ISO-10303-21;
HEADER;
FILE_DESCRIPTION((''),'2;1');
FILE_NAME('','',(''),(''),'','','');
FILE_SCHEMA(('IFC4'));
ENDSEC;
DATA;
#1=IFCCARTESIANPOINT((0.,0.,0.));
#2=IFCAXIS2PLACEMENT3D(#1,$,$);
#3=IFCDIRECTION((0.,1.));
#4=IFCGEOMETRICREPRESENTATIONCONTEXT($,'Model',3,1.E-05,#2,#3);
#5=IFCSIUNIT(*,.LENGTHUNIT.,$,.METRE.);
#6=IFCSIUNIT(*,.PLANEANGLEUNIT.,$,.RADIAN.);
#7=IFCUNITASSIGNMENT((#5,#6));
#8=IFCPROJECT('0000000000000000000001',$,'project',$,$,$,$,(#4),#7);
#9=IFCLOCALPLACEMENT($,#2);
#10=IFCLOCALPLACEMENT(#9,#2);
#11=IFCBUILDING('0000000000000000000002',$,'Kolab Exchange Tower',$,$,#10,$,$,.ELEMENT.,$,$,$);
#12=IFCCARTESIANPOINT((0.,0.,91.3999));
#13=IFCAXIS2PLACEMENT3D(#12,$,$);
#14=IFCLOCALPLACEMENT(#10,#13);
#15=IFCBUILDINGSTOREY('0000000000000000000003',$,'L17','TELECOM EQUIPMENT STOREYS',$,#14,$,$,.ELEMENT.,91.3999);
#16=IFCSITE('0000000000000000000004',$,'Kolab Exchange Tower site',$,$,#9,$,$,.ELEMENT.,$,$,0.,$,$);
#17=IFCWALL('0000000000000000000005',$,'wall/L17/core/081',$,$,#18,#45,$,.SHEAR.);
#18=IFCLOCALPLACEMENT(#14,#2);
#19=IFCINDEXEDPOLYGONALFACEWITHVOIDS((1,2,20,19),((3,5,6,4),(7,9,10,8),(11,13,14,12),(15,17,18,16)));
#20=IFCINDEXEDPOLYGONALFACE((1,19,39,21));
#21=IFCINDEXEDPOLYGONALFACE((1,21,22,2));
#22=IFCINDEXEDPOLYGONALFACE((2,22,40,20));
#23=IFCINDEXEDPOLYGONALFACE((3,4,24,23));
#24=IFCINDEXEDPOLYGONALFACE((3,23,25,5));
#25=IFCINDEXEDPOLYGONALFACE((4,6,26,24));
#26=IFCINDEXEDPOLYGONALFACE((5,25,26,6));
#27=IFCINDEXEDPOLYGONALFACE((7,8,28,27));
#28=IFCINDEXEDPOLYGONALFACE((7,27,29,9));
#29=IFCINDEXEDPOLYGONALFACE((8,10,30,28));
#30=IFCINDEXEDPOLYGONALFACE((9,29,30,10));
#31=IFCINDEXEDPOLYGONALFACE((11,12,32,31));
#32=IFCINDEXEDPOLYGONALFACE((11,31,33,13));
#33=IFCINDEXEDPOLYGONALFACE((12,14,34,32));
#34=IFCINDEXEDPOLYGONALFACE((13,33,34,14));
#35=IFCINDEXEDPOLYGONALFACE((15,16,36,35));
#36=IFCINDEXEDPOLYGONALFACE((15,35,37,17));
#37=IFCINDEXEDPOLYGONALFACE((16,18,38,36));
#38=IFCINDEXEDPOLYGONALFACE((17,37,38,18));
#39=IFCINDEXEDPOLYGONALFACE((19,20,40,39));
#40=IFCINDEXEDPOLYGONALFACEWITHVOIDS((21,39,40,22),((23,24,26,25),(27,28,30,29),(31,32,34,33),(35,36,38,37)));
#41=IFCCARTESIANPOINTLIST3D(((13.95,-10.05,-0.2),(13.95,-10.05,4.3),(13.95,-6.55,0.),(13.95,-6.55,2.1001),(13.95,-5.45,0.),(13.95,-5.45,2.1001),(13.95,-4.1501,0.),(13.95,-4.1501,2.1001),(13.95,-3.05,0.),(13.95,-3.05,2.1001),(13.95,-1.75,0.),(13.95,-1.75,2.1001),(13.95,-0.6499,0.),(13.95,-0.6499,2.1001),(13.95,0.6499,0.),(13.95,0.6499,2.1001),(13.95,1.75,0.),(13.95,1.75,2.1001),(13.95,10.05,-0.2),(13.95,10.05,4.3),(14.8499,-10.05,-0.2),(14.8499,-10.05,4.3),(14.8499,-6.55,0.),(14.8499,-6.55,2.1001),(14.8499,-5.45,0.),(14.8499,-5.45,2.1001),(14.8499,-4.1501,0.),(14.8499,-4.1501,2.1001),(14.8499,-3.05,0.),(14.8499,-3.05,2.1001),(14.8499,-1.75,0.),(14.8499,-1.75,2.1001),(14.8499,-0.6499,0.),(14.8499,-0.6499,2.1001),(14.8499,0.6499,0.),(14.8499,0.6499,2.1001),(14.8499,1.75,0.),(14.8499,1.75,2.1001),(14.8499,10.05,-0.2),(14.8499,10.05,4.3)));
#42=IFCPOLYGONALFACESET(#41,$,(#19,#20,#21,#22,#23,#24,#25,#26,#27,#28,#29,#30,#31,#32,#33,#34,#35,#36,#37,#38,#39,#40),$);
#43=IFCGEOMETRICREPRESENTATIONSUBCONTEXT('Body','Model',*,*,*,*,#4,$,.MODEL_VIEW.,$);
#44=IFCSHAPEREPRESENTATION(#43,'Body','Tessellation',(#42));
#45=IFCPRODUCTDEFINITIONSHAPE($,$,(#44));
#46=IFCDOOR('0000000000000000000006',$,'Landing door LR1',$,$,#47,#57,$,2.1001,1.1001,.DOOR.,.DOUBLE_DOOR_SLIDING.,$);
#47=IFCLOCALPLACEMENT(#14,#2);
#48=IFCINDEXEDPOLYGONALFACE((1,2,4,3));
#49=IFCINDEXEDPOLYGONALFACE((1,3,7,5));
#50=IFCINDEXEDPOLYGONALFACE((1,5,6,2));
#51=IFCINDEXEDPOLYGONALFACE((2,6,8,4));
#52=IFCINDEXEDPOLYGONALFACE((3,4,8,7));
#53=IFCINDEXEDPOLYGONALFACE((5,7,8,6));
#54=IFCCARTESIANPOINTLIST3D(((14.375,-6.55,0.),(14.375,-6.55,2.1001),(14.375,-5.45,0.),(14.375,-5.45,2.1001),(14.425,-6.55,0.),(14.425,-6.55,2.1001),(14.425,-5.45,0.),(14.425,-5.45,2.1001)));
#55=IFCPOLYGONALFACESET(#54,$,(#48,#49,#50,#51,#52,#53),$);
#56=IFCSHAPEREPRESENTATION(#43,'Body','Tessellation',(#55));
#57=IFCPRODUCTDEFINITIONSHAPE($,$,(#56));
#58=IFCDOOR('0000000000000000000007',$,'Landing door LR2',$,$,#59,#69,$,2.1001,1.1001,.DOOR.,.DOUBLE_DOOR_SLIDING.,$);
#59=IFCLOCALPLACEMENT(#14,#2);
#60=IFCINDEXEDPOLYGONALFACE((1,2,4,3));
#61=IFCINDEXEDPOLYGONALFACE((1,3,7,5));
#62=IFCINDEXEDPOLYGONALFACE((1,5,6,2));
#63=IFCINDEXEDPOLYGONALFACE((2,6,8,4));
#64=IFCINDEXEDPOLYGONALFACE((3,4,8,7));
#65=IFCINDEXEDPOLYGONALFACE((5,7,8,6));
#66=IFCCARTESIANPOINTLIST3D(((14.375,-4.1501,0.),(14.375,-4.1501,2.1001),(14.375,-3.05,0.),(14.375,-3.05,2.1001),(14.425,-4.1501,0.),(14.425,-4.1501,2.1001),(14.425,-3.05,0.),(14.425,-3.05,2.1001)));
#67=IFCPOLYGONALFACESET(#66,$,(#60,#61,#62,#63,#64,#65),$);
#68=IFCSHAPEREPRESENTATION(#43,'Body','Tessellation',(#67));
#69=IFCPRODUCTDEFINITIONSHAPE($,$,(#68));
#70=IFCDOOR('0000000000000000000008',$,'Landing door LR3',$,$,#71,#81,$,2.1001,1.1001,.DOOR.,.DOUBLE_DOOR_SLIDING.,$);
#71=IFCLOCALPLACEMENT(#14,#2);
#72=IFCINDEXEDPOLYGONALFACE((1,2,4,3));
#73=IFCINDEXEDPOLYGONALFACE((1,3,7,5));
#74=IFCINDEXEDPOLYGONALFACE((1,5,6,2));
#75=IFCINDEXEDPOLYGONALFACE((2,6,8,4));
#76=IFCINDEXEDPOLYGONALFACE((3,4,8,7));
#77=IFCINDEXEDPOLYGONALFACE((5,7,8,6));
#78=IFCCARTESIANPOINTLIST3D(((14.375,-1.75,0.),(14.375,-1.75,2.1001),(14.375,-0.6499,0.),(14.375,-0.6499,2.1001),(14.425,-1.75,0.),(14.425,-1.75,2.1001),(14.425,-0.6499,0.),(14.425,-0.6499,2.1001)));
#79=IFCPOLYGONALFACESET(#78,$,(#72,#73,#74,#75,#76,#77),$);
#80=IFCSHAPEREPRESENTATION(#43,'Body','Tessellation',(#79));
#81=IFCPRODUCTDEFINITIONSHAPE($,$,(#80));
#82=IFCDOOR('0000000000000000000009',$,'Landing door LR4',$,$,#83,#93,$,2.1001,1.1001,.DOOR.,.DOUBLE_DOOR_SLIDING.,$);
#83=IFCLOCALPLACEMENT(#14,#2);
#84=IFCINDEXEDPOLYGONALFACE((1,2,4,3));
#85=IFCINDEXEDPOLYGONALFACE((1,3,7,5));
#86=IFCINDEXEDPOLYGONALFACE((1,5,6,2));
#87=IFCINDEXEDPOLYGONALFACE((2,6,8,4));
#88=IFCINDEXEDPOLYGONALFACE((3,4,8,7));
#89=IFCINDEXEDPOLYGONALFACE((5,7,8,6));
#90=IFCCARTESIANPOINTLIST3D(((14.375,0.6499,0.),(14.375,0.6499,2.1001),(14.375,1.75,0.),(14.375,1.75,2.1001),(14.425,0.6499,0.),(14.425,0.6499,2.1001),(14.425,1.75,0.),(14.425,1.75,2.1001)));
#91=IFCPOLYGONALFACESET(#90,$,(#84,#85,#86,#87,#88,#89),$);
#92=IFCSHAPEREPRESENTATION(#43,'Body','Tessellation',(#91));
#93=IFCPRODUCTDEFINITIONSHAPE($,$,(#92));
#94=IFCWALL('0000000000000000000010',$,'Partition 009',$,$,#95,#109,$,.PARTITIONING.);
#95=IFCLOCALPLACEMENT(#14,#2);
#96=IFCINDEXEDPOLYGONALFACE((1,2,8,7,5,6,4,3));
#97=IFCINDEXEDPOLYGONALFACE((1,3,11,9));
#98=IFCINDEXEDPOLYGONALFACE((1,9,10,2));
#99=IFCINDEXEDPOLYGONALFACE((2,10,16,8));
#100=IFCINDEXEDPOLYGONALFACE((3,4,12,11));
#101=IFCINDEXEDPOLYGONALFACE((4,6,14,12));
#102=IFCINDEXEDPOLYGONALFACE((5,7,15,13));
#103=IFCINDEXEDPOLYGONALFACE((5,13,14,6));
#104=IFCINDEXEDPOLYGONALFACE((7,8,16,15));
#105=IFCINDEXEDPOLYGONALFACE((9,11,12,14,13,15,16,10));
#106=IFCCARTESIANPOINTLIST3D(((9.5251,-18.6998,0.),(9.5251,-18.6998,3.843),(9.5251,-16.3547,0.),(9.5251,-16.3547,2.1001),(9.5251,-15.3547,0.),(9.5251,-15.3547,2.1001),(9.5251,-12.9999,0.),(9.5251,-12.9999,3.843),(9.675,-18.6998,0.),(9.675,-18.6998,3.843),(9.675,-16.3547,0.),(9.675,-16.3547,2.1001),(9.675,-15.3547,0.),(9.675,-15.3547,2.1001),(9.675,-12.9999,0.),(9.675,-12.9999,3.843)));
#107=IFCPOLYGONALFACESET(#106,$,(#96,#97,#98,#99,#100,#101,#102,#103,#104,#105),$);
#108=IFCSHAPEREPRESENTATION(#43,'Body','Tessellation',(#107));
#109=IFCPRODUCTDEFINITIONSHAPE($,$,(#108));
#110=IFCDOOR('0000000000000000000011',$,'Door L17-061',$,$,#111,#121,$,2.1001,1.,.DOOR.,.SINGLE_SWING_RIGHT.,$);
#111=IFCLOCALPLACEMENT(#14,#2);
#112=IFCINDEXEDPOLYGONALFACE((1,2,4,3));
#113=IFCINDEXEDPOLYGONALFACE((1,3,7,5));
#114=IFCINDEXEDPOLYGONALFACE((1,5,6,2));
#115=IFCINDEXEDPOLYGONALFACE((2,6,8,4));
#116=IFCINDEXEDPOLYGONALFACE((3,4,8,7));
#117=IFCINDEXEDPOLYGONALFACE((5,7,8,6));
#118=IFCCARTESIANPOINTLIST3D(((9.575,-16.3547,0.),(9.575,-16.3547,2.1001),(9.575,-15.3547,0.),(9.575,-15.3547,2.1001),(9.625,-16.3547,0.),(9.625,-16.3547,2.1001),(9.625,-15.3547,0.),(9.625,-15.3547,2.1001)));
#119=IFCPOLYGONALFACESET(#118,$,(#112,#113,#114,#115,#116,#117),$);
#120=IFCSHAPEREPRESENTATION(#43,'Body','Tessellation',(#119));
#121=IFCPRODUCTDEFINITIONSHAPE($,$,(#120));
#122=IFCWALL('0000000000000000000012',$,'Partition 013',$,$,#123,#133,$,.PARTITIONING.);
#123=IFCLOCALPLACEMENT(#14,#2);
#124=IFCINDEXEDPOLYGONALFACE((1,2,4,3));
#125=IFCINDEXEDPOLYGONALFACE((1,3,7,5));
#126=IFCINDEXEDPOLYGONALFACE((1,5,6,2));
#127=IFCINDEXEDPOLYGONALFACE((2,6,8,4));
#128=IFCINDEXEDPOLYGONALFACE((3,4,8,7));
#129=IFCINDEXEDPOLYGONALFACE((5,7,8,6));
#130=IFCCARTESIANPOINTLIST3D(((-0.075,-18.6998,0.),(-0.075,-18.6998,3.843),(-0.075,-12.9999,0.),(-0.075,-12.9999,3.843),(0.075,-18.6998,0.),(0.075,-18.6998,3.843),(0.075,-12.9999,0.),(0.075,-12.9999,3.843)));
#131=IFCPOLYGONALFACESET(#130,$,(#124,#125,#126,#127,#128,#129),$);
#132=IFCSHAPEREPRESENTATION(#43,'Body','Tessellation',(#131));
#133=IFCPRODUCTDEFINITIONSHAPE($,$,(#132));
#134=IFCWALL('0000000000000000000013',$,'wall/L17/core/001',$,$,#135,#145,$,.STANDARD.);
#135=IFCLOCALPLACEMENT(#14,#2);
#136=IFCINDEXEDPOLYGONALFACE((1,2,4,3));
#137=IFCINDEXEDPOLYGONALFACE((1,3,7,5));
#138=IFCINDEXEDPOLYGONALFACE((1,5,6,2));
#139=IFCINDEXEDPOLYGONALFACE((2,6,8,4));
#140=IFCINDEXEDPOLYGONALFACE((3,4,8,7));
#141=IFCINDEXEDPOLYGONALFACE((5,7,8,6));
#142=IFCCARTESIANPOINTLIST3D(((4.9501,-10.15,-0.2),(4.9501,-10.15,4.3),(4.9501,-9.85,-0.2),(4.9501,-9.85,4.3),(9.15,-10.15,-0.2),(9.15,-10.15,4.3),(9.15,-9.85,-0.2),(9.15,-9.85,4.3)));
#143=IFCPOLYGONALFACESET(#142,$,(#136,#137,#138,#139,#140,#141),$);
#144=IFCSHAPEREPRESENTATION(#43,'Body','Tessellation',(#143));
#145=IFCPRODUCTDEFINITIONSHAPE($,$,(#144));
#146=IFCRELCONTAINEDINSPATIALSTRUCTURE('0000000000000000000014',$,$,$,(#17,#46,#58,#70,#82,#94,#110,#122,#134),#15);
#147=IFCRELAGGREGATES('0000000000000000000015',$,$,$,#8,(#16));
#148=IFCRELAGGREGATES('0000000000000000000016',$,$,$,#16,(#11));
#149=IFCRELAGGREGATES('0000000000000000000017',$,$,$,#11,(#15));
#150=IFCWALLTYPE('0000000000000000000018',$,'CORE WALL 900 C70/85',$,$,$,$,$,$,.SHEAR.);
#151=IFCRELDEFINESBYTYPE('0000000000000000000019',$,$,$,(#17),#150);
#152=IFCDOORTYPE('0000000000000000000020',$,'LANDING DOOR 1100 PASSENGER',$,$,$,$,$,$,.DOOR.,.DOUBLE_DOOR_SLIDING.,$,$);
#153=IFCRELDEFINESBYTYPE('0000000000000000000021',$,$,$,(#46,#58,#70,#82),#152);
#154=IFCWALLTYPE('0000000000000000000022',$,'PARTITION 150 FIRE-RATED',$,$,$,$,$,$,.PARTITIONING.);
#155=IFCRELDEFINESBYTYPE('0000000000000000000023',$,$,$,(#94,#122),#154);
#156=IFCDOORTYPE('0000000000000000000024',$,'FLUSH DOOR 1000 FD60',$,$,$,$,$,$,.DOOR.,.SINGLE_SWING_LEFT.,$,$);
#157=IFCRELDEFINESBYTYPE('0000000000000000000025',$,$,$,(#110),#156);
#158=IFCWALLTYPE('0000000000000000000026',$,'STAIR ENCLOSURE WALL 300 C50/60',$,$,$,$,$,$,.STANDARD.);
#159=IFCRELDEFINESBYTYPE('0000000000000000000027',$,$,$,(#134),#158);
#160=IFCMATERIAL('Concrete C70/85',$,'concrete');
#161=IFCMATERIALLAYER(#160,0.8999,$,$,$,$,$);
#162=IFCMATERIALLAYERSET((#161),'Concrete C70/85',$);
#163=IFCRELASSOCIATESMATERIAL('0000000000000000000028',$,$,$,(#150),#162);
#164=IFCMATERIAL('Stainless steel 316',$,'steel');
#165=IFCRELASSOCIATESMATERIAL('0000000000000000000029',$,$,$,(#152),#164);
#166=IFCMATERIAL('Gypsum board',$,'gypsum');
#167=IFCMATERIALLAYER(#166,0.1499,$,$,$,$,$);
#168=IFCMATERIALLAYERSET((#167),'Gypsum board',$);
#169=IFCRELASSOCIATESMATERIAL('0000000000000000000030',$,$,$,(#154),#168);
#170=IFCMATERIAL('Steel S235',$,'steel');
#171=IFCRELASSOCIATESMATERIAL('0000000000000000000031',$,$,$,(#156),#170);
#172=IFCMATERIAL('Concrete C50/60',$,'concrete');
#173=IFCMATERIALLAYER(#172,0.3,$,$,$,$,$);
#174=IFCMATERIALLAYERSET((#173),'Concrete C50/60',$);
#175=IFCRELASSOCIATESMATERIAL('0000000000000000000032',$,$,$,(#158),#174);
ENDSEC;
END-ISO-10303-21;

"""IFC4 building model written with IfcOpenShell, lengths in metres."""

from ifc_helpers import new_model, si_unit, direction, frame, frame_2d, origin, place, context, subcontext, project, spatial, rectangle, extrude, material, layer, layer_set, type_object, element, fill, save


model = new_model("IFC4")

# Units and contexts
model_context = context("Model", 3, precision=1e-05, world=origin(), true_north=direction((0.0, 1.0)))
body_context = subcontext(model_context, "Body", "Model", "MODEL_VIEW")
ifc_project = project(units=[si_unit("LENGTHUNIT", "METRE"), si_unit("PLANEANGLEUNIT", "RADIAN")], contexts=[model_context])

# Site, building, storey
site_placement = place(None, origin())
site = spatial("IfcSite", under=ifc_project, at=site_placement, Name="Kolab Exchange Tower site", CompositionType="ELEMENT", RefElevation=0.0)
building_placement = place(site_placement, origin())
building = spatial("IfcBuilding", under=site, at=building_placement, Name="Kolab Exchange Tower", CompositionType="ELEMENT")
storey_placement = place(building_placement, frame((0.0, 0.0, 91.3999)))
storey = spatial("IfcBuildingStorey", under=building, at=storey_placement, Name="L17", Description="TELECOM EQUIPMENT STOREYS", CompositionType="ELEMENT", Elevation=91.3999)

# Shared definitions
ifc_material_1 = material(Name="Concrete C70/85", Category="concrete")
ifc_layer_1 = layer(ifc_material_1, 0.8999)
ifc_layer_set_1 = layer_set([ifc_layer_1], Name="Concrete C70/85")
wall_type_1 = type_object("IfcWallType", Name="CORE WALL 900 C70/85", PredefinedType="SHEAR", material=ifc_layer_set_1)
ifc_material_2 = material(Name="Steel S235", Category="steel")

# Wall, openings, doors
wall_1_placement = place(storey_placement, frame((14.3999, -10.05, -0.2), z_axis=(0.0, 0.0, 1.0), x_axis=(0.0, 1.0, 0.0)))
wall_1 = element("IfcWall", 1, at=wall_1_placement, inside=storey, type_object=wall_type_1, Name="wall/L17/core/081", PredefinedType="SHEAR", context=body_context, shape_type="SweptSolid", body=[
    extrude(rectangle(XDim=20.1001, YDim=0.8999, at=frame_2d((10.05, 0.0))), origin(), (0.0, 0.0, 1.0), 4.5),
])
opening_1_placement = place(wall_1_placement, frame((3.5, 0.0, 0.2)))
opening_1 = element("IfcOpeningElement", 2, at=opening_1_placement, cuts=wall_1, PredefinedType="OPENING", context=body_context, shape_type="SweptSolid", body=[
    extrude(rectangle(XDim=1.1001, YDim=2.1001, at=frame_2d((0.55, 1.05))), frame((0.0, 0.46, 0.0), z_axis=(0.0, -1.0, 0.0), x_axis=(1.0, 0.0, 0.0)), (0.0, 0.0, 1.0), 0.9199),
])
opening_2_placement = place(wall_1_placement, frame((5.8999, 0.0, 0.2)))
opening_2 = element("IfcOpeningElement", 3, at=opening_2_placement, cuts=wall_1, PredefinedType="OPENING", context=body_context, shape_type="SweptSolid", body=[
    extrude(rectangle(XDim=1.1001, YDim=2.1001, at=frame_2d((0.55, 1.05))), frame((0.0, 0.46, 0.0), z_axis=(0.0, -1.0, 0.0), x_axis=(1.0, 0.0, 0.0)), (0.0, 0.0, 1.0), 0.9199),
])
opening_3_placement = place(wall_1_placement, frame((8.3, 0.0, 0.2)))
opening_3 = element("IfcOpeningElement", 4, at=opening_3_placement, cuts=wall_1, PredefinedType="OPENING", context=body_context, shape_type="SweptSolid", body=[
    extrude(rectangle(XDim=1.1001, YDim=2.1001, at=frame_2d((0.55, 1.05))), frame((0.0, 0.46, 0.0), z_axis=(0.0, -1.0, 0.0), x_axis=(1.0, 0.0, 0.0)), (0.0, 0.0, 1.0), 0.9199),
])
opening_4_placement = place(wall_1_placement, frame((10.7, 0.0, 0.2)))
opening_4 = element("IfcOpeningElement", 5, at=opening_4_placement, cuts=wall_1, PredefinedType="OPENING", context=body_context, shape_type="SweptSolid", body=[
    extrude(rectangle(XDim=1.1001, YDim=2.1001, at=frame_2d((0.55, 1.05))), frame((0.0, 0.46, 0.0), z_axis=(0.0, -1.0, 0.0), x_axis=(1.0, 0.0, 0.0)), (0.0, 0.0, 1.0), 0.9199),
])
ifc_material_3 = material(Name="Stainless steel 316", Category="steel")
door_type_1 = type_object("IfcDoorType", Name="LANDING DOOR 1100 PASSENGER", OperationType="DOUBLE_DOOR_SLIDING", PredefinedType="DOOR", material=ifc_material_3)
door_1_placement = place(opening_1_placement, origin())
door_1 = element("IfcDoor", 6, at=door_1_placement, inside=storey, type_object=door_type_1, Name="Landing door LR1", OperationType="DOUBLE_DOOR_SLIDING", OverallHeight=2.1001, OverallWidth=1.1001, PredefinedType="DOOR", context=body_context, shape_type="SweptSolid", body=[
    extrude(rectangle(XDim=1.1001, YDim=2.1001, at=frame_2d((0.55, 1.05))), frame((0.0, 0.0249, 0.0), z_axis=(0.0, -1.0, 0.0), x_axis=(1.0, 0.0, 0.0)), (0.0, 0.0, 1.0), 0.05),
])
fill(opening_1, door_1)
door_2_placement = place(opening_2_placement, origin())
door_2 = element("IfcDoor", 7, at=door_2_placement, inside=storey, type_object=door_type_1, Name="Landing door LR2", OperationType="DOUBLE_DOOR_SLIDING", OverallHeight=2.1001, OverallWidth=1.1001, PredefinedType="DOOR", context=body_context, shape_type="SweptSolid", body=[
    extrude(rectangle(XDim=1.1001, YDim=2.1001, at=frame_2d((0.55, 1.05))), frame((0.0, 0.0249, 0.0), z_axis=(0.0, -1.0, 0.0), x_axis=(1.0, 0.0, 0.0)), (0.0, 0.0, 1.0), 0.05),
])
fill(opening_2, door_2)
door_3_placement = place(opening_3_placement, origin())
door_3 = element("IfcDoor", 8, at=door_3_placement, inside=storey, type_object=door_type_1, Name="Landing door LR3", OperationType="DOUBLE_DOOR_SLIDING", OverallHeight=2.1001, OverallWidth=1.1001, PredefinedType="DOOR", context=body_context, shape_type="SweptSolid", body=[
    extrude(rectangle(XDim=1.1001, YDim=2.1001, at=frame_2d((0.55, 1.05))), frame((0.0, 0.0249, 0.0), z_axis=(0.0, -1.0, 0.0), x_axis=(1.0, 0.0, 0.0)), (0.0, 0.0, 1.0), 0.05),
])
fill(opening_3, door_3)
door_4_placement = place(opening_4_placement, origin())
door_4 = element("IfcDoor", 9, at=door_4_placement, inside=storey, type_object=door_type_1, Name="Landing door LR4", OperationType="DOUBLE_DOOR_SLIDING", OverallHeight=2.1001, OverallWidth=1.1001, PredefinedType="DOOR", context=body_context, shape_type="SweptSolid", body=[
    extrude(rectangle(XDim=1.1001, YDim=2.1001, at=frame_2d((0.55, 1.05))), frame((0.0, 0.0249, 0.0), z_axis=(0.0, -1.0, 0.0), x_axis=(1.0, 0.0, 0.0)), (0.0, 0.0, 1.0), 0.05),
])
fill(opening_4, door_4)

# Wall, opening, door
ifc_material_4 = material(Name="Gypsum board", Category="gypsum")
ifc_layer_2 = layer(ifc_material_4, 0.1499)
ifc_layer_set_2 = layer_set([ifc_layer_2], Name="Gypsum board")
wall_type_2 = type_object("IfcWallType", Name="PARTITION 150 FIRE-RATED", PredefinedType="PARTITIONING", material=ifc_layer_set_2)
wall_2_placement = place(storey_placement, frame((9.6001, -18.7, 0.0), z_axis=(0.0, 0.0, 1.0), x_axis=(0.0, 1.0, 0.0)))
wall_2 = element("IfcWall", 10, at=wall_2_placement, inside=storey, type_object=wall_type_2, Name="Partition 009", PredefinedType="PARTITIONING", context=body_context, shape_type="SweptSolid", body=[
    extrude(rectangle(XDim=5.7, YDim=0.1499, at=frame_2d((2.8501, 0.0))), origin(), (0.0, 0.0, 1.0), 3.843),
])
opening_5_placement = place(wall_2_placement, frame((2.3452, 0.0, 0.0)))
opening_5 = element("IfcOpeningElement", 11, at=opening_5_placement, cuts=wall_2, PredefinedType="OPENING", context=body_context, shape_type="SweptSolid", body=[
    extrude(rectangle(XDim=1.0, YDim=2.1001, at=frame_2d((0.5, 1.05))), frame((0.0, 0.085, 0.0), z_axis=(0.0, -1.0, 0.0), x_axis=(1.0, 0.0, 0.0)), (0.0, 0.0, 1.0), 0.1699),
])
door_type_2 = type_object("IfcDoorType", Name="FLUSH DOOR 1000 FD60", OperationType="SINGLE_SWING_LEFT", PredefinedType="DOOR", material=ifc_material_2)
door_5_placement = place(opening_5_placement, frame((1.0, 0.0, 0.0), z_axis=(0.0, 0.0, 1.0), x_axis=(-1.0, 0.0, 0.0)))
door_5 = element("IfcDoor", 12, at=door_5_placement, inside=storey, type_object=door_type_2, Name="Door L17-061", OperationType="SINGLE_SWING_RIGHT", OverallHeight=2.1001, OverallWidth=1.0, PredefinedType="DOOR", context=body_context, shape_type="SweptSolid", body=[
    extrude(rectangle(XDim=1.0, YDim=2.1001, at=frame_2d((0.5, 1.05))), frame((0.0, 0.0249, 0.0), z_axis=(0.0, -1.0, 0.0), x_axis=(1.0, 0.0, 0.0)), (0.0, 0.0, 1.0), 0.05),
])
fill(opening_5, door_5)

# Walls
wall_3_placement = place(storey_placement, frame((0.0, -18.7, 0.0), z_axis=(0.0, 0.0, 1.0), x_axis=(0.0, 1.0, 0.0)))
element("IfcWall", 13, at=wall_3_placement, inside=storey, type_object=wall_type_2, Name="Partition 013", PredefinedType="PARTITIONING", context=body_context, shape_type="SweptSolid", body=[
    extrude(rectangle(XDim=5.7, YDim=0.1499, at=frame_2d((2.8501, 0.0))), origin(), (0.0, 0.0, 1.0), 3.843),
])
ifc_material_5 = material(Name="Concrete C50/60", Category="concrete")
ifc_layer_3 = layer(ifc_material_5, 0.3)
ifc_layer_set_3 = layer_set([ifc_layer_3], Name="Concrete C50/60")
wall_type_3 = type_object("IfcWallType", Name="STAIR ENCLOSURE WALL 300 C50/60", PredefinedType="STANDARD", material=ifc_layer_set_3)
wall_4_placement = place(storey_placement, frame((4.95, -10.0, -0.2), z_axis=(0.0, 0.0, 1.0), x_axis=(1.0, 0.0, 0.0)))
element("IfcWall", 14, at=wall_4_placement, inside=storey, type_object=wall_type_3, Name="wall/L17/core/001", PredefinedType="STANDARD", context=body_context, shape_type="SweptSolid", body=[
    extrude(rectangle(XDim=4.2, YDim=0.3, at=frame_2d((2.1001, 0.0))), origin(), (0.0, 0.0, 1.0), 4.5),
])

save(model, "model.ifc")
